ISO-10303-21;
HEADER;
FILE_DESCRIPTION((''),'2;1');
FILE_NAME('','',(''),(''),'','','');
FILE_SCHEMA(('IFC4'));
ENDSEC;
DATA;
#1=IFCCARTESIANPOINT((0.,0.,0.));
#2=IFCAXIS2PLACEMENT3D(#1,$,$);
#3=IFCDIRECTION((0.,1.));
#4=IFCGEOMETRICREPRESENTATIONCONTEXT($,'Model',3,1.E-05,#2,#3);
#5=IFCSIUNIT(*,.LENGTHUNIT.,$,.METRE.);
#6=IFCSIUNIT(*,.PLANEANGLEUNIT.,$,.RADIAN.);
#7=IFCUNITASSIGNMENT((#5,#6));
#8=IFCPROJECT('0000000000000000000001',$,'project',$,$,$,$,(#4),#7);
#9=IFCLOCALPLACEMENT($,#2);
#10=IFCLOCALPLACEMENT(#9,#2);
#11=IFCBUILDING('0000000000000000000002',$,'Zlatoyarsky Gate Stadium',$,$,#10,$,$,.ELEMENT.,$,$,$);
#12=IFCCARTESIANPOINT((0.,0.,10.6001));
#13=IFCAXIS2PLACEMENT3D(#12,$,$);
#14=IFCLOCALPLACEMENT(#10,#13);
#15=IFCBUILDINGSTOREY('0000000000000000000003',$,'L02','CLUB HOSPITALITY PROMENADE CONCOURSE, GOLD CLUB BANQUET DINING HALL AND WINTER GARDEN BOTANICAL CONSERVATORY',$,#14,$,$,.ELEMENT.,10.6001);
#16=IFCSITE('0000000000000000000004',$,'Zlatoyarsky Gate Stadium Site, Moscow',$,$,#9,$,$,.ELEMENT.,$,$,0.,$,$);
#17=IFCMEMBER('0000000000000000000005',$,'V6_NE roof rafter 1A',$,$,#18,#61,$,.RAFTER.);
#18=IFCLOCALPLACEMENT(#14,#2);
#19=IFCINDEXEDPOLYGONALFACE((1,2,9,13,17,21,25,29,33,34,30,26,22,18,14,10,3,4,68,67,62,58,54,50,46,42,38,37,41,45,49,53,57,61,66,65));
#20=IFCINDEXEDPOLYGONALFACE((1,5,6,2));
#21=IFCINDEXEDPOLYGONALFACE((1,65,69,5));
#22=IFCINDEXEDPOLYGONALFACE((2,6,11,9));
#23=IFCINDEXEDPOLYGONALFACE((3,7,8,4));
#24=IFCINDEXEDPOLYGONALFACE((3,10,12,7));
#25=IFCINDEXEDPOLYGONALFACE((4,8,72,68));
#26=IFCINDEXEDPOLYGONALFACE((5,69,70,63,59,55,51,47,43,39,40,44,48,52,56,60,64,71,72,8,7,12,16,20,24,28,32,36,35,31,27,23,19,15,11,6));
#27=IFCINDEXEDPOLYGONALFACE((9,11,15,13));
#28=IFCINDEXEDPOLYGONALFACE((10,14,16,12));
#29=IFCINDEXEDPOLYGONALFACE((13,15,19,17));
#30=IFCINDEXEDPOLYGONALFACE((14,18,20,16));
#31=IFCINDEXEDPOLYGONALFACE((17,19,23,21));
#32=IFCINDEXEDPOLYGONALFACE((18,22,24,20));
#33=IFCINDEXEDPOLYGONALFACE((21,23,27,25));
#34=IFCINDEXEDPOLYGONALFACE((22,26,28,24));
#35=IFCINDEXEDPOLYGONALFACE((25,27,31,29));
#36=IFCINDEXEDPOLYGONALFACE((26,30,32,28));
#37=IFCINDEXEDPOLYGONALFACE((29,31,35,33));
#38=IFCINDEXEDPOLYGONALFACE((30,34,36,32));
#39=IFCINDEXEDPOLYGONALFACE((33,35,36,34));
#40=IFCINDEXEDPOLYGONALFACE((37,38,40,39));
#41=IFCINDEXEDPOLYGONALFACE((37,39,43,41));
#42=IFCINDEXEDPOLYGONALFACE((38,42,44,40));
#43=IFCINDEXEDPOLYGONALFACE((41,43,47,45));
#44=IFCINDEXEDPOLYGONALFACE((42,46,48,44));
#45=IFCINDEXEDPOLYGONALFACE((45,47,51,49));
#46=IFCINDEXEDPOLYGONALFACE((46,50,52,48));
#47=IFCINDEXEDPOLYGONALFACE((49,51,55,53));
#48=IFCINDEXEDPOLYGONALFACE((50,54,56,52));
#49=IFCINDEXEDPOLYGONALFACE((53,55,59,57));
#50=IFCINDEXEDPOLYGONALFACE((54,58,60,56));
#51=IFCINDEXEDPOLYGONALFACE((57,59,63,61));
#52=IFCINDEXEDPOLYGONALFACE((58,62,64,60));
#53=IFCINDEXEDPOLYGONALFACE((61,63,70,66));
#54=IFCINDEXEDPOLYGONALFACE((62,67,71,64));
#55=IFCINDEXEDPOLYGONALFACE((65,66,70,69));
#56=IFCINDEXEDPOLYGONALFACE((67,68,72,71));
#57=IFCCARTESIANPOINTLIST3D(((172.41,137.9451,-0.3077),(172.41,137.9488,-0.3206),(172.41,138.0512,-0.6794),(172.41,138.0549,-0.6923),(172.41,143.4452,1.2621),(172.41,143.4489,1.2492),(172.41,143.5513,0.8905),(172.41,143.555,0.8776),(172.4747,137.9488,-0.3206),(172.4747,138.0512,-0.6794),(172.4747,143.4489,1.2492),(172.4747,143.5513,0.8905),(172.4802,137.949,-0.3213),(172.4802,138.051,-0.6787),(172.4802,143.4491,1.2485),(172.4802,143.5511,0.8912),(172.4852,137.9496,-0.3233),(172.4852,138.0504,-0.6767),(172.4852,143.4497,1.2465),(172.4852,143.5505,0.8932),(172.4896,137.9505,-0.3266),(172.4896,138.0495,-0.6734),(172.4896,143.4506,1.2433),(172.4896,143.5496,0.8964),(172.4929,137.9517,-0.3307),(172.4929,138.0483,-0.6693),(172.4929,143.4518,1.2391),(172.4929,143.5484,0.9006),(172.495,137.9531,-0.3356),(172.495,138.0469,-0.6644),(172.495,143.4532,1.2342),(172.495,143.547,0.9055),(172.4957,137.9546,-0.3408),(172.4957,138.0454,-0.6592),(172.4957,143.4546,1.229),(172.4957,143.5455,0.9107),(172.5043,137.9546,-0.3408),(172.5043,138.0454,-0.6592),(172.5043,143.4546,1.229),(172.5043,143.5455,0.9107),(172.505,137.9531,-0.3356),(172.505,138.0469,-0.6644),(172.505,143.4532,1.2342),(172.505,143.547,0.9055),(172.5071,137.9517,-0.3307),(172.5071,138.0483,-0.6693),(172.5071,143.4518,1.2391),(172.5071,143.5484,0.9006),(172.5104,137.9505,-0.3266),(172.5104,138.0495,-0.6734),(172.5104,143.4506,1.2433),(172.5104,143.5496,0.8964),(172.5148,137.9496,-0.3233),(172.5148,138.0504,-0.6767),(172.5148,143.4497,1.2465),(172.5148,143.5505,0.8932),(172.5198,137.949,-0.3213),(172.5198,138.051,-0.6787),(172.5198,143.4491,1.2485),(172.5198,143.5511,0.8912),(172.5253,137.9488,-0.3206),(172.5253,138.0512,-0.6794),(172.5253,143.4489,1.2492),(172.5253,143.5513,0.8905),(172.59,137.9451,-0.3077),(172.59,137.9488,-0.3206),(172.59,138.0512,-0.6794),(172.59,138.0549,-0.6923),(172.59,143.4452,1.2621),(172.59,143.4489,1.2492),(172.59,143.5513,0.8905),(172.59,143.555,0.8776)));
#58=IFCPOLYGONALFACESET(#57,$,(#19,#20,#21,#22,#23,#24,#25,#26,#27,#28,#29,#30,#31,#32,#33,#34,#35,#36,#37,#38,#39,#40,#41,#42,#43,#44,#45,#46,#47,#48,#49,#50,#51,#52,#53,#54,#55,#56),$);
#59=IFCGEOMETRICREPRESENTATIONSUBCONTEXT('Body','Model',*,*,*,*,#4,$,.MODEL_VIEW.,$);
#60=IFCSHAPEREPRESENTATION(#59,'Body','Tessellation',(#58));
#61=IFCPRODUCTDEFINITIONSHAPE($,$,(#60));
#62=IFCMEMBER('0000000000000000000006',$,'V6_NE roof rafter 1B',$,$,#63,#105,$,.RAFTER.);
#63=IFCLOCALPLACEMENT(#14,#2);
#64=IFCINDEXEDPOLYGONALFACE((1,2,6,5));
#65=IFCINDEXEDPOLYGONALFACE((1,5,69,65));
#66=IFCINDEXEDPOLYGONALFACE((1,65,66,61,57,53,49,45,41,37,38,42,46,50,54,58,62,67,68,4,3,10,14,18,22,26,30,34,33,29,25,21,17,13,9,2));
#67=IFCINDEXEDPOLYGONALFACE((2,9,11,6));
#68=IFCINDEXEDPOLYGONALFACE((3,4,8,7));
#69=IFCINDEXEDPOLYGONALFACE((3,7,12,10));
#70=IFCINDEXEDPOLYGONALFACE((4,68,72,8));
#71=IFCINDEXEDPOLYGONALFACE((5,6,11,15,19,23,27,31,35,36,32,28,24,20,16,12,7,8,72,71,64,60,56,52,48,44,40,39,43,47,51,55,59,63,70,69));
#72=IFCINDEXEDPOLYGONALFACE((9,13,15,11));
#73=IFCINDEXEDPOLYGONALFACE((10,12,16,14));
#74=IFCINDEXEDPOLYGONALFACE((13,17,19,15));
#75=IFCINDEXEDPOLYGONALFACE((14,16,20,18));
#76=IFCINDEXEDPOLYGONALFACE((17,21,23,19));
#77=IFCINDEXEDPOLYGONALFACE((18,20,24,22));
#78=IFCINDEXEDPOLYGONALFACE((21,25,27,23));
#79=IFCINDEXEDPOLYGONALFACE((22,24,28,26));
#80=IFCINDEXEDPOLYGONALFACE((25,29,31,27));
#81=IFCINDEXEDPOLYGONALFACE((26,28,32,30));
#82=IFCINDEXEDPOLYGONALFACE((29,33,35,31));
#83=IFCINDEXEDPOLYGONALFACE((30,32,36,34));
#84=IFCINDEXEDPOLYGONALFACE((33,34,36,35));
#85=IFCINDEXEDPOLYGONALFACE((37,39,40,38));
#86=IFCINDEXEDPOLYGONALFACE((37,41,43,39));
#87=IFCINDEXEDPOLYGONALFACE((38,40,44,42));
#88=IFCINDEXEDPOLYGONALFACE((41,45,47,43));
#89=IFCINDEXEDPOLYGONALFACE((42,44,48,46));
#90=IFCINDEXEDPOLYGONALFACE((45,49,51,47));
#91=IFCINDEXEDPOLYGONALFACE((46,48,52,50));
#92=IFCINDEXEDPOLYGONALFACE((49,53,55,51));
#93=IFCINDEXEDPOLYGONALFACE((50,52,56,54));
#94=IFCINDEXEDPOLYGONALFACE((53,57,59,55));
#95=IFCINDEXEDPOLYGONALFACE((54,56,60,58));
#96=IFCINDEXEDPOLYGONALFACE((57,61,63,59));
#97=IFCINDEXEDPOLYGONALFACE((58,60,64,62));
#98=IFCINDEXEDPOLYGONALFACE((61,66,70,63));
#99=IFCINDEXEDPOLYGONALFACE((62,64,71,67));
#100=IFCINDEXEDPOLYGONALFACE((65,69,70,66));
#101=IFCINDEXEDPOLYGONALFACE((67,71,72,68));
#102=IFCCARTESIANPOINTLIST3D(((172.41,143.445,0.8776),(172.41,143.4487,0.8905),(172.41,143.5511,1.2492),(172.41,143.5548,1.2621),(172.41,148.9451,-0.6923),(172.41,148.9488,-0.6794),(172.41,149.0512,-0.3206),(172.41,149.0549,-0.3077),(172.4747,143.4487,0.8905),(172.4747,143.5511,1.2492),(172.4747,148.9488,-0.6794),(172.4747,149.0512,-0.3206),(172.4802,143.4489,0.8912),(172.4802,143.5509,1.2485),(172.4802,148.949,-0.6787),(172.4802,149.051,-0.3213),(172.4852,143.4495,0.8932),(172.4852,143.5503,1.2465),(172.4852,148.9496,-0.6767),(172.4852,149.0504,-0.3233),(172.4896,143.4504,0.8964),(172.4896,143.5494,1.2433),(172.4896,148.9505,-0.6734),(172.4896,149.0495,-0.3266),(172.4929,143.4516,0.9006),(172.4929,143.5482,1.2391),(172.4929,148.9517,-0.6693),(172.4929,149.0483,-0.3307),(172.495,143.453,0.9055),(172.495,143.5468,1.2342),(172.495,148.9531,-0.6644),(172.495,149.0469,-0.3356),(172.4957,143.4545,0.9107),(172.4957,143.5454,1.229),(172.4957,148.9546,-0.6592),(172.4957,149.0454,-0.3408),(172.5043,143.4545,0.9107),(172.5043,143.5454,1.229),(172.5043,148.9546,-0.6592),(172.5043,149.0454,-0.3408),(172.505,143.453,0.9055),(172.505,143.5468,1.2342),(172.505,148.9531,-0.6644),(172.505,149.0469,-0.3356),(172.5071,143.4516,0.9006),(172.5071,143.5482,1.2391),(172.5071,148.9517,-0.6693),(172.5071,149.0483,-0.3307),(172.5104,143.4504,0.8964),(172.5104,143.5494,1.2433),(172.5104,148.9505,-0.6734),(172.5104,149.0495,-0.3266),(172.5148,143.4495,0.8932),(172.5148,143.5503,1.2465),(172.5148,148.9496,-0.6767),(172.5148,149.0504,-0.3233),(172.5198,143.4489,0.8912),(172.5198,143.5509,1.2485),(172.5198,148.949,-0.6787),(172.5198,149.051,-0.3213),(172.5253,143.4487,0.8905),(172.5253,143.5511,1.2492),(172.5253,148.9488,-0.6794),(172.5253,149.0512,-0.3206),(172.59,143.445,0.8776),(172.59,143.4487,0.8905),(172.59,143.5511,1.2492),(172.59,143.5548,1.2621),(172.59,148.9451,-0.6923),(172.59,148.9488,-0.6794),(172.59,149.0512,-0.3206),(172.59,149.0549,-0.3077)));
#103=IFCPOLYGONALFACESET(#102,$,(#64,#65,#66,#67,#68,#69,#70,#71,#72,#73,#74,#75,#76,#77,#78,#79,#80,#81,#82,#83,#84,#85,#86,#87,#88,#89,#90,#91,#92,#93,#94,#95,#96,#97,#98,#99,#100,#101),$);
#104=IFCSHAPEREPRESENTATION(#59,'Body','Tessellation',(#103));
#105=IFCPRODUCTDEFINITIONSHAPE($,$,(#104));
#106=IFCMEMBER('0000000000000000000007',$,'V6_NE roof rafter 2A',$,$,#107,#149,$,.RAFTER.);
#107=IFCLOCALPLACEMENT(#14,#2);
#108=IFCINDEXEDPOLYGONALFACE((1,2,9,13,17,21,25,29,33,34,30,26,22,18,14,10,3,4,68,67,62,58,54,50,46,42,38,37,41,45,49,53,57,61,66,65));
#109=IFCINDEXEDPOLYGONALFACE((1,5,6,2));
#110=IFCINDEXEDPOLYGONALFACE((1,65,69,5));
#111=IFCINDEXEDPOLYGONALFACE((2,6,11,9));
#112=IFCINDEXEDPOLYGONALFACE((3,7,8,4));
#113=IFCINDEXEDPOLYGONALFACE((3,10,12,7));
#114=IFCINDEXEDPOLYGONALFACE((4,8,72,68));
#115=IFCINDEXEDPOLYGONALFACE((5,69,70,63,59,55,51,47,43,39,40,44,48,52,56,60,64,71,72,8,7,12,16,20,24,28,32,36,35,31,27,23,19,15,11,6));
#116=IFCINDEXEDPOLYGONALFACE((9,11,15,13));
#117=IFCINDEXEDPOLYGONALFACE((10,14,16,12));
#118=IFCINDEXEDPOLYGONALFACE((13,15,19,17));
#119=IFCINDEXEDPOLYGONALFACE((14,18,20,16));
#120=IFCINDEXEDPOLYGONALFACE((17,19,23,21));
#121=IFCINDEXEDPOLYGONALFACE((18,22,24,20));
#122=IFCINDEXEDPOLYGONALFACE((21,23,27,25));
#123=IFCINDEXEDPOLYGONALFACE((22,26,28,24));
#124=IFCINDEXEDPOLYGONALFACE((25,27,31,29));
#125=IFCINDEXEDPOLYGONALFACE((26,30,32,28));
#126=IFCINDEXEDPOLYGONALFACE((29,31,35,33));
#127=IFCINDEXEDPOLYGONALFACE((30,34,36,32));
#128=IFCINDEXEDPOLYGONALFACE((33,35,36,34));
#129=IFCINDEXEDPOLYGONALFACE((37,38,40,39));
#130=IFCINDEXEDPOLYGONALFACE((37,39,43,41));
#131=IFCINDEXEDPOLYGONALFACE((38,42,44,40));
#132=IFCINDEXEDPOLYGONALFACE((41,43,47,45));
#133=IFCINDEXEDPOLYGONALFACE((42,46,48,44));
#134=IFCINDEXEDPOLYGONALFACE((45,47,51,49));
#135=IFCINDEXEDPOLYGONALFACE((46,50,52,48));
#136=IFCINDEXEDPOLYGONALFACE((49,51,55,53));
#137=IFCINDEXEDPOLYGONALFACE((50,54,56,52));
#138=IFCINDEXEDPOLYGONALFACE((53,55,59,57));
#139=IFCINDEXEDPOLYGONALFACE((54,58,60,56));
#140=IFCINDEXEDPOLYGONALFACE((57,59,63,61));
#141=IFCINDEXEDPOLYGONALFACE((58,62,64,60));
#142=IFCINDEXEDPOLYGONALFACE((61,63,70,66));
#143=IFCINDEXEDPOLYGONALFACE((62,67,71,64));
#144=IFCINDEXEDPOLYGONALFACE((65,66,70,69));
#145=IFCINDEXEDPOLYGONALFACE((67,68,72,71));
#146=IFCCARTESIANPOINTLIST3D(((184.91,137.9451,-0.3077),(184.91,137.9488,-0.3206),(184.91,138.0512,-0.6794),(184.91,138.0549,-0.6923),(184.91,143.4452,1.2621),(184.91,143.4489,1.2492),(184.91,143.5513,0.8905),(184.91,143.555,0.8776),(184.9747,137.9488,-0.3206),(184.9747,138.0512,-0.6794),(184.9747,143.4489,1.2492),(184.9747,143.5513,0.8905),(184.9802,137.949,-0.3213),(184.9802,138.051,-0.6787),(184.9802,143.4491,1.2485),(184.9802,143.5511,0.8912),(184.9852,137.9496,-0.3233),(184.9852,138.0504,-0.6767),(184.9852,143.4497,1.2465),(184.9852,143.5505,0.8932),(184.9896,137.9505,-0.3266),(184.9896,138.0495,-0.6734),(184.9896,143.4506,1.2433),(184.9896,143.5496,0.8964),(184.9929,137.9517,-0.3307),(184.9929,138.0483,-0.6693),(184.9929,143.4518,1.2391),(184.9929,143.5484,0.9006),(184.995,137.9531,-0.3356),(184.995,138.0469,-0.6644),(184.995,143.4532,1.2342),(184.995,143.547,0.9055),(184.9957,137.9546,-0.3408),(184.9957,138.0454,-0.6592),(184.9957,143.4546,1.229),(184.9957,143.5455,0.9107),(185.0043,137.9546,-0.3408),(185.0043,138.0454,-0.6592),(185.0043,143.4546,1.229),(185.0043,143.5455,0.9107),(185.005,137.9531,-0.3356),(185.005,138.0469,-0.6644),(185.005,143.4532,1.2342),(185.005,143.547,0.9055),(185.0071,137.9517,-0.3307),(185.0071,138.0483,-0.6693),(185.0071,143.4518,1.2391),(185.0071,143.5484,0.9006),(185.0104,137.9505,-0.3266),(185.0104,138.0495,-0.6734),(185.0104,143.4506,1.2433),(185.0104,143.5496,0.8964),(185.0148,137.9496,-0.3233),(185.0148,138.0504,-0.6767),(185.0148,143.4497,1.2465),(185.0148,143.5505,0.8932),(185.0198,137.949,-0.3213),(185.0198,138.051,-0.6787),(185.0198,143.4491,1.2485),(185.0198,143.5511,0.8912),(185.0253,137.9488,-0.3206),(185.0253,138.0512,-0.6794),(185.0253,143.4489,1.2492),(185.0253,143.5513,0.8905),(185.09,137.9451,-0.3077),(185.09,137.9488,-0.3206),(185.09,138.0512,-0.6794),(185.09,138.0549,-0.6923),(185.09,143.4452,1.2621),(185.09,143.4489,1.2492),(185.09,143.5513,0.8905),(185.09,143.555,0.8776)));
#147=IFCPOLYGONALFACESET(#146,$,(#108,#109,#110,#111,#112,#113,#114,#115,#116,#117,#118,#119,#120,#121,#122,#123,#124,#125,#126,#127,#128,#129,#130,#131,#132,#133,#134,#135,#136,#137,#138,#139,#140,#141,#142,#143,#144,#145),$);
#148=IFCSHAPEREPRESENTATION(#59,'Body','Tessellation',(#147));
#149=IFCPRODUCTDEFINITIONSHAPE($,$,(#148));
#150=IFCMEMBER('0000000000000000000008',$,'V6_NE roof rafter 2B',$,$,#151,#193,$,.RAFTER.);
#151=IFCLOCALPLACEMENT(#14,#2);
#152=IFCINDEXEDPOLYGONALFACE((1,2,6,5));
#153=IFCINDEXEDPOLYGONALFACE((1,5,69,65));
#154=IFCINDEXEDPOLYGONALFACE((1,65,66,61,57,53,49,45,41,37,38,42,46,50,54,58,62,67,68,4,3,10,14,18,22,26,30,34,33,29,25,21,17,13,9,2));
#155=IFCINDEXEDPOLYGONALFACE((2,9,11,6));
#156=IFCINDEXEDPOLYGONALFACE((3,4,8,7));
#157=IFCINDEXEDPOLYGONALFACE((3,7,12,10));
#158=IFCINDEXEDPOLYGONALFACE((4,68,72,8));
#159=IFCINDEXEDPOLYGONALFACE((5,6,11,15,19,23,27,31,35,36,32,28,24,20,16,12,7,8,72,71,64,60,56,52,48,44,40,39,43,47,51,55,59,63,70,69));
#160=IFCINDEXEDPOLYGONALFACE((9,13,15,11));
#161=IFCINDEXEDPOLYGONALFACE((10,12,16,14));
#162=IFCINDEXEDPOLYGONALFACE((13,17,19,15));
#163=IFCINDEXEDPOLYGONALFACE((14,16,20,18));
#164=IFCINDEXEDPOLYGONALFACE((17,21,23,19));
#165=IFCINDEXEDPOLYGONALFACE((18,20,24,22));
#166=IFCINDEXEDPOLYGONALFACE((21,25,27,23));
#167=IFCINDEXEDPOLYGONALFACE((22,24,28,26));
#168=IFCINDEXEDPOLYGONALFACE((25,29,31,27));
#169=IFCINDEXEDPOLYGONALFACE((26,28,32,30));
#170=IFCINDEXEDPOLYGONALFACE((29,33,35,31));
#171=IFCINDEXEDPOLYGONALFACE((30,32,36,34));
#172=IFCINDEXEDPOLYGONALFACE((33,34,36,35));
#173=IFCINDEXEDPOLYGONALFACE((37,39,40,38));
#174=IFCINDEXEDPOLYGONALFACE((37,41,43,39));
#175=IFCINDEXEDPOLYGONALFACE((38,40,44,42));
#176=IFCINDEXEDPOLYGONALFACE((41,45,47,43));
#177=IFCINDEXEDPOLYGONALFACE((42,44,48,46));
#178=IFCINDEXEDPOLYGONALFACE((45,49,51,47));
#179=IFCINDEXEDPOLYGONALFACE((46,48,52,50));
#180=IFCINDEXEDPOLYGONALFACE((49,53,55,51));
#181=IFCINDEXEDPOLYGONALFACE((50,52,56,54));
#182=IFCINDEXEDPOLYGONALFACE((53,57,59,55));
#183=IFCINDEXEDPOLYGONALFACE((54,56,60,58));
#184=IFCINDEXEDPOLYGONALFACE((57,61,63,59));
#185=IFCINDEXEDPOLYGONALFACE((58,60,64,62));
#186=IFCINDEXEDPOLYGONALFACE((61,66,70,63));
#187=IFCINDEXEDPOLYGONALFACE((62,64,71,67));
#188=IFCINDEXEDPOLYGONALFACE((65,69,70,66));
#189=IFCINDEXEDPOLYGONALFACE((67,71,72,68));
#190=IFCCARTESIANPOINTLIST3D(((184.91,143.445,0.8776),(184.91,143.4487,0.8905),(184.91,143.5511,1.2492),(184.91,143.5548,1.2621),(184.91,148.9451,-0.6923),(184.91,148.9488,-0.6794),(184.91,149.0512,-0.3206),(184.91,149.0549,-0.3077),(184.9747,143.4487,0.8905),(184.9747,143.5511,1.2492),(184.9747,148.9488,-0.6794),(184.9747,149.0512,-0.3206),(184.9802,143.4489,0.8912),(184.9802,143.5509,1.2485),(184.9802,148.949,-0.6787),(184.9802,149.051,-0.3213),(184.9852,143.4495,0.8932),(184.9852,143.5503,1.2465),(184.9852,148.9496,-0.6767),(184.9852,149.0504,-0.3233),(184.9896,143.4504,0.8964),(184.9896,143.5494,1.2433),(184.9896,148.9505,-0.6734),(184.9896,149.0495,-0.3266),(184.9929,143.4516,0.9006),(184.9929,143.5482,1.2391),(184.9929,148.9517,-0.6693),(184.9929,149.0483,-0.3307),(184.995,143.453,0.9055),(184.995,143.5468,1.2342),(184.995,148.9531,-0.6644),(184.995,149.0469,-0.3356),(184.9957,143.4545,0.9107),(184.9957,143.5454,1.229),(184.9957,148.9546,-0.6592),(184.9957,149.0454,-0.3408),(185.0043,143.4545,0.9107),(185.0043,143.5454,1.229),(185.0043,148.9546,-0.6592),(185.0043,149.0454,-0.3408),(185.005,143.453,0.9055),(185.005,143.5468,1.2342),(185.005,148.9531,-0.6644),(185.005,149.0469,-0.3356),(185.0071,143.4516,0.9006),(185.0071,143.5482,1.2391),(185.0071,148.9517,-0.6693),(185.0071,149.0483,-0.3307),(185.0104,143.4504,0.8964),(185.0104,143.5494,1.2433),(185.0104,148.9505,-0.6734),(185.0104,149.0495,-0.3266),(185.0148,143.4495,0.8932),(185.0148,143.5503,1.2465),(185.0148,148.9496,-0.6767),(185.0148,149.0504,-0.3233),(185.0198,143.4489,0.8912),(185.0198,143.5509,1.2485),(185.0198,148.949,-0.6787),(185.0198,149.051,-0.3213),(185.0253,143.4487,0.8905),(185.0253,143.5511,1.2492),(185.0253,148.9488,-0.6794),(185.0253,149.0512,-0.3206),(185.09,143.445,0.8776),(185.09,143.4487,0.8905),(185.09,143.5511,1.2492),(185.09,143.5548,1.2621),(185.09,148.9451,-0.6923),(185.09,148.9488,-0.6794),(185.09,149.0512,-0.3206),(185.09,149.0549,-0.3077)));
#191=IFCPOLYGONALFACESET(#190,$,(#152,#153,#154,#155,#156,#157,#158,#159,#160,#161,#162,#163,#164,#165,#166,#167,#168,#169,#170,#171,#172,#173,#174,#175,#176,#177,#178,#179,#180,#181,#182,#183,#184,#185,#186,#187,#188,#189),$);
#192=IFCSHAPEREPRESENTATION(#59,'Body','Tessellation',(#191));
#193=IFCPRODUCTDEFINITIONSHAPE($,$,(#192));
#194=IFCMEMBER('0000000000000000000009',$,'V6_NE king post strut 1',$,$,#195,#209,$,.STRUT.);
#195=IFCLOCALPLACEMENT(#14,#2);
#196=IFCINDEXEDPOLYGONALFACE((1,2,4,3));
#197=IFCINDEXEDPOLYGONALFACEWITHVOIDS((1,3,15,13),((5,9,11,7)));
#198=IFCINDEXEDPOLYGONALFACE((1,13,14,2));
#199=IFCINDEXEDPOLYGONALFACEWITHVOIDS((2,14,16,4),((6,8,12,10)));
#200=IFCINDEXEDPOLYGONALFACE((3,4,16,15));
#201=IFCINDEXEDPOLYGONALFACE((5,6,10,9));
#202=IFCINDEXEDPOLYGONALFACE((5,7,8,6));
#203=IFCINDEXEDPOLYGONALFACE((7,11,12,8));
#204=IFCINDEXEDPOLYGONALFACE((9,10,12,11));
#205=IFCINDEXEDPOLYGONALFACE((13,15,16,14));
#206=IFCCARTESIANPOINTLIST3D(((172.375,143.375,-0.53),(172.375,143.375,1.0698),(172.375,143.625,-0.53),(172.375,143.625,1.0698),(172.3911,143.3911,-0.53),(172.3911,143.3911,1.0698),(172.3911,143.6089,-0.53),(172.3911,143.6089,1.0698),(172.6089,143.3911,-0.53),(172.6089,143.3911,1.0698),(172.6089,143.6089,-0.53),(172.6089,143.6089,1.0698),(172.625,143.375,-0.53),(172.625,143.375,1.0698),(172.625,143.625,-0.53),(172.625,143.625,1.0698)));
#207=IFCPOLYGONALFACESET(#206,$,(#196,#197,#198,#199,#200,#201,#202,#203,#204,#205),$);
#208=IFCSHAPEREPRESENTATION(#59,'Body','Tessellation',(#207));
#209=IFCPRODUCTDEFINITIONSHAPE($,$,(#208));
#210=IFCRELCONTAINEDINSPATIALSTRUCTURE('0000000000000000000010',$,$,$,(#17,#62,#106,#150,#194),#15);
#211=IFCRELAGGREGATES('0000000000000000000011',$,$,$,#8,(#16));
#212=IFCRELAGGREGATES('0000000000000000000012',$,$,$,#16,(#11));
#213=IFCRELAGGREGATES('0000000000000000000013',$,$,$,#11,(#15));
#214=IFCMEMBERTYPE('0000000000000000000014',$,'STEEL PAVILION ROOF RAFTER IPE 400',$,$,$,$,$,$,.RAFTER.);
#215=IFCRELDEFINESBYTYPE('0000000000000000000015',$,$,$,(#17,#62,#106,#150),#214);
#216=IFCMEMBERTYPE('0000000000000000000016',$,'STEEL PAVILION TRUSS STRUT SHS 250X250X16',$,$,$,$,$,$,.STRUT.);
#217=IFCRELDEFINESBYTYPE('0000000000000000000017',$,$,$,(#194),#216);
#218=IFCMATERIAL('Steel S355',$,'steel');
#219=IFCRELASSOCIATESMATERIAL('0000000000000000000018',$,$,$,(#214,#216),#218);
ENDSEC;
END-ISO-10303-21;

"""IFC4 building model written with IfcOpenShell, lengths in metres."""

from ifc_helpers import new_model, si_unit, direction, frame, origin, origin_2d, place, context, subcontext, project, spatial, hollow_rectangle, i_section, extrude, material, material_profile, profile_set, type_object, element, save


model = new_model("IFC4")

# Units and contexts
model_context = context("Model", 3, precision=1e-05, world=origin(), true_north=direction((0.0, 1.0)))
body_context = subcontext(model_context, "Body", "Model", "MODEL_VIEW")
ifc_project = project(units=[si_unit("LENGTHUNIT", "METRE"), si_unit("PLANEANGLEUNIT", "RADIAN")], contexts=[model_context])

# Site, building, storey
site_placement = place(None, origin())
site = spatial("IfcSite", under=ifc_project, at=site_placement, Name="Zlatoyarsky Gate Stadium Site, Moscow", CompositionType="ELEMENT", RefElevation=0.0)
building_placement = place(site_placement, origin())
building = spatial("IfcBuilding", under=site, at=building_placement, Name="Zlatoyarsky Gate Stadium", CompositionType="ELEMENT")
storey_placement = place(building_placement, frame((0.0, 0.0, 10.6001)))
storey = spatial("IfcBuildingStorey", under=building, at=storey_placement, Name="L02", Description="CLUB HOSPITALITY PROMENADE CONCOURSE, GOLD CLUB BANQUET DINING HALL AND WINTER GARDEN BOTANICAL CONSERVATORY", CompositionType="ELEMENT", Elevation=10.6001)

# Shared definitions
ifc_material_1 = material(Name="Steel S355", Category="steel")

# Members
ifc_material_profile_1 = material_profile(ifc_material_1, i_section(OverallWidth=0.1799, OverallDepth=0.3999, WebThickness=0.0085, FlangeThickness=0.0134, FilletRadius=0.021, at=origin_2d()), Name="IPE 400")
ifc_profile_set_1 = profile_set([ifc_material_profile_1], Name="Steel S355")
member_type_1 = type_object("IfcMemberType", Name="STEEL PAVILION ROOF RAFTER IPE 400", PredefinedType="RAFTER", material=ifc_profile_set_1)
for number, where, z_axis, x_axis, name in (
    (1, (172.5, 138.0, -0.5), (0.0, 0.961598, 0.274462), (-1.0, 0.0, 0.0), "V6_NE roof rafter 1A"),
    (2, (172.5, 149.0, -0.5), (0.0, -0.961598, 0.274462), (1.0, 0.0, 0.0), "V6_NE roof rafter 1B"),
    (3, (185.0, 138.0, -0.5), (0.0, 0.961598, 0.274462), (-1.0, 0.0, 0.0), "V6_NE roof rafter 2A"),
    (4, (185.0, 149.0, -0.5), (0.0, -0.961598, 0.274462), (1.0, 0.0, 0.0), "V6_NE roof rafter 2B"),
):
    element("IfcMember", number, at=place(storey_placement, frame(where, z_axis=z_axis, x_axis=x_axis)), inside=storey, type_object=member_type_1, Name=name, PredefinedType="RAFTER", context=body_context, shape_type="SweptSolid", body=[
        extrude(i_section(OverallWidth=0.1799, OverallDepth=0.3999, WebThickness=0.0085, FlangeThickness=0.0134, FilletRadius=0.021, at=origin_2d()), origin(), (0.0, 0.0, 1.0), 5.7197),
    ])
ifc_material_profile_2 = material_profile(ifc_material_1, hollow_rectangle(XDim=0.25, YDim=0.25, WallThickness=0.0161, at=origin_2d()), Name="SHS 250X250X16")
ifc_profile_set_2 = profile_set([ifc_material_profile_2], Name="Steel S355")
member_type_2 = type_object("IfcMemberType", Name="STEEL PAVILION TRUSS STRUT SHS 250X250X16", PredefinedType="STRUT", material=ifc_profile_set_2)
for number, where, z_axis, x_axis, name in (
    (5, (172.5, 143.5, -0.53), (0.0, 0.0, 1.0), (1.0, 0.0, 0.0), "V6_NE king post strut 1"),
):
    element("IfcMember", number, at=place(storey_placement, frame(where, z_axis=z_axis, x_axis=x_axis)), inside=storey, type_object=member_type_2, Name=name, PredefinedType="STRUT", context=body_context, shape_type="SweptSolid", body=[
        extrude(hollow_rectangle(XDim=0.25, YDim=0.25, WallThickness=0.0161, at=origin_2d()), origin(), (0.0, 0.0, 1.0), 1.5999),
    ])

save(model, "model.ifc")
